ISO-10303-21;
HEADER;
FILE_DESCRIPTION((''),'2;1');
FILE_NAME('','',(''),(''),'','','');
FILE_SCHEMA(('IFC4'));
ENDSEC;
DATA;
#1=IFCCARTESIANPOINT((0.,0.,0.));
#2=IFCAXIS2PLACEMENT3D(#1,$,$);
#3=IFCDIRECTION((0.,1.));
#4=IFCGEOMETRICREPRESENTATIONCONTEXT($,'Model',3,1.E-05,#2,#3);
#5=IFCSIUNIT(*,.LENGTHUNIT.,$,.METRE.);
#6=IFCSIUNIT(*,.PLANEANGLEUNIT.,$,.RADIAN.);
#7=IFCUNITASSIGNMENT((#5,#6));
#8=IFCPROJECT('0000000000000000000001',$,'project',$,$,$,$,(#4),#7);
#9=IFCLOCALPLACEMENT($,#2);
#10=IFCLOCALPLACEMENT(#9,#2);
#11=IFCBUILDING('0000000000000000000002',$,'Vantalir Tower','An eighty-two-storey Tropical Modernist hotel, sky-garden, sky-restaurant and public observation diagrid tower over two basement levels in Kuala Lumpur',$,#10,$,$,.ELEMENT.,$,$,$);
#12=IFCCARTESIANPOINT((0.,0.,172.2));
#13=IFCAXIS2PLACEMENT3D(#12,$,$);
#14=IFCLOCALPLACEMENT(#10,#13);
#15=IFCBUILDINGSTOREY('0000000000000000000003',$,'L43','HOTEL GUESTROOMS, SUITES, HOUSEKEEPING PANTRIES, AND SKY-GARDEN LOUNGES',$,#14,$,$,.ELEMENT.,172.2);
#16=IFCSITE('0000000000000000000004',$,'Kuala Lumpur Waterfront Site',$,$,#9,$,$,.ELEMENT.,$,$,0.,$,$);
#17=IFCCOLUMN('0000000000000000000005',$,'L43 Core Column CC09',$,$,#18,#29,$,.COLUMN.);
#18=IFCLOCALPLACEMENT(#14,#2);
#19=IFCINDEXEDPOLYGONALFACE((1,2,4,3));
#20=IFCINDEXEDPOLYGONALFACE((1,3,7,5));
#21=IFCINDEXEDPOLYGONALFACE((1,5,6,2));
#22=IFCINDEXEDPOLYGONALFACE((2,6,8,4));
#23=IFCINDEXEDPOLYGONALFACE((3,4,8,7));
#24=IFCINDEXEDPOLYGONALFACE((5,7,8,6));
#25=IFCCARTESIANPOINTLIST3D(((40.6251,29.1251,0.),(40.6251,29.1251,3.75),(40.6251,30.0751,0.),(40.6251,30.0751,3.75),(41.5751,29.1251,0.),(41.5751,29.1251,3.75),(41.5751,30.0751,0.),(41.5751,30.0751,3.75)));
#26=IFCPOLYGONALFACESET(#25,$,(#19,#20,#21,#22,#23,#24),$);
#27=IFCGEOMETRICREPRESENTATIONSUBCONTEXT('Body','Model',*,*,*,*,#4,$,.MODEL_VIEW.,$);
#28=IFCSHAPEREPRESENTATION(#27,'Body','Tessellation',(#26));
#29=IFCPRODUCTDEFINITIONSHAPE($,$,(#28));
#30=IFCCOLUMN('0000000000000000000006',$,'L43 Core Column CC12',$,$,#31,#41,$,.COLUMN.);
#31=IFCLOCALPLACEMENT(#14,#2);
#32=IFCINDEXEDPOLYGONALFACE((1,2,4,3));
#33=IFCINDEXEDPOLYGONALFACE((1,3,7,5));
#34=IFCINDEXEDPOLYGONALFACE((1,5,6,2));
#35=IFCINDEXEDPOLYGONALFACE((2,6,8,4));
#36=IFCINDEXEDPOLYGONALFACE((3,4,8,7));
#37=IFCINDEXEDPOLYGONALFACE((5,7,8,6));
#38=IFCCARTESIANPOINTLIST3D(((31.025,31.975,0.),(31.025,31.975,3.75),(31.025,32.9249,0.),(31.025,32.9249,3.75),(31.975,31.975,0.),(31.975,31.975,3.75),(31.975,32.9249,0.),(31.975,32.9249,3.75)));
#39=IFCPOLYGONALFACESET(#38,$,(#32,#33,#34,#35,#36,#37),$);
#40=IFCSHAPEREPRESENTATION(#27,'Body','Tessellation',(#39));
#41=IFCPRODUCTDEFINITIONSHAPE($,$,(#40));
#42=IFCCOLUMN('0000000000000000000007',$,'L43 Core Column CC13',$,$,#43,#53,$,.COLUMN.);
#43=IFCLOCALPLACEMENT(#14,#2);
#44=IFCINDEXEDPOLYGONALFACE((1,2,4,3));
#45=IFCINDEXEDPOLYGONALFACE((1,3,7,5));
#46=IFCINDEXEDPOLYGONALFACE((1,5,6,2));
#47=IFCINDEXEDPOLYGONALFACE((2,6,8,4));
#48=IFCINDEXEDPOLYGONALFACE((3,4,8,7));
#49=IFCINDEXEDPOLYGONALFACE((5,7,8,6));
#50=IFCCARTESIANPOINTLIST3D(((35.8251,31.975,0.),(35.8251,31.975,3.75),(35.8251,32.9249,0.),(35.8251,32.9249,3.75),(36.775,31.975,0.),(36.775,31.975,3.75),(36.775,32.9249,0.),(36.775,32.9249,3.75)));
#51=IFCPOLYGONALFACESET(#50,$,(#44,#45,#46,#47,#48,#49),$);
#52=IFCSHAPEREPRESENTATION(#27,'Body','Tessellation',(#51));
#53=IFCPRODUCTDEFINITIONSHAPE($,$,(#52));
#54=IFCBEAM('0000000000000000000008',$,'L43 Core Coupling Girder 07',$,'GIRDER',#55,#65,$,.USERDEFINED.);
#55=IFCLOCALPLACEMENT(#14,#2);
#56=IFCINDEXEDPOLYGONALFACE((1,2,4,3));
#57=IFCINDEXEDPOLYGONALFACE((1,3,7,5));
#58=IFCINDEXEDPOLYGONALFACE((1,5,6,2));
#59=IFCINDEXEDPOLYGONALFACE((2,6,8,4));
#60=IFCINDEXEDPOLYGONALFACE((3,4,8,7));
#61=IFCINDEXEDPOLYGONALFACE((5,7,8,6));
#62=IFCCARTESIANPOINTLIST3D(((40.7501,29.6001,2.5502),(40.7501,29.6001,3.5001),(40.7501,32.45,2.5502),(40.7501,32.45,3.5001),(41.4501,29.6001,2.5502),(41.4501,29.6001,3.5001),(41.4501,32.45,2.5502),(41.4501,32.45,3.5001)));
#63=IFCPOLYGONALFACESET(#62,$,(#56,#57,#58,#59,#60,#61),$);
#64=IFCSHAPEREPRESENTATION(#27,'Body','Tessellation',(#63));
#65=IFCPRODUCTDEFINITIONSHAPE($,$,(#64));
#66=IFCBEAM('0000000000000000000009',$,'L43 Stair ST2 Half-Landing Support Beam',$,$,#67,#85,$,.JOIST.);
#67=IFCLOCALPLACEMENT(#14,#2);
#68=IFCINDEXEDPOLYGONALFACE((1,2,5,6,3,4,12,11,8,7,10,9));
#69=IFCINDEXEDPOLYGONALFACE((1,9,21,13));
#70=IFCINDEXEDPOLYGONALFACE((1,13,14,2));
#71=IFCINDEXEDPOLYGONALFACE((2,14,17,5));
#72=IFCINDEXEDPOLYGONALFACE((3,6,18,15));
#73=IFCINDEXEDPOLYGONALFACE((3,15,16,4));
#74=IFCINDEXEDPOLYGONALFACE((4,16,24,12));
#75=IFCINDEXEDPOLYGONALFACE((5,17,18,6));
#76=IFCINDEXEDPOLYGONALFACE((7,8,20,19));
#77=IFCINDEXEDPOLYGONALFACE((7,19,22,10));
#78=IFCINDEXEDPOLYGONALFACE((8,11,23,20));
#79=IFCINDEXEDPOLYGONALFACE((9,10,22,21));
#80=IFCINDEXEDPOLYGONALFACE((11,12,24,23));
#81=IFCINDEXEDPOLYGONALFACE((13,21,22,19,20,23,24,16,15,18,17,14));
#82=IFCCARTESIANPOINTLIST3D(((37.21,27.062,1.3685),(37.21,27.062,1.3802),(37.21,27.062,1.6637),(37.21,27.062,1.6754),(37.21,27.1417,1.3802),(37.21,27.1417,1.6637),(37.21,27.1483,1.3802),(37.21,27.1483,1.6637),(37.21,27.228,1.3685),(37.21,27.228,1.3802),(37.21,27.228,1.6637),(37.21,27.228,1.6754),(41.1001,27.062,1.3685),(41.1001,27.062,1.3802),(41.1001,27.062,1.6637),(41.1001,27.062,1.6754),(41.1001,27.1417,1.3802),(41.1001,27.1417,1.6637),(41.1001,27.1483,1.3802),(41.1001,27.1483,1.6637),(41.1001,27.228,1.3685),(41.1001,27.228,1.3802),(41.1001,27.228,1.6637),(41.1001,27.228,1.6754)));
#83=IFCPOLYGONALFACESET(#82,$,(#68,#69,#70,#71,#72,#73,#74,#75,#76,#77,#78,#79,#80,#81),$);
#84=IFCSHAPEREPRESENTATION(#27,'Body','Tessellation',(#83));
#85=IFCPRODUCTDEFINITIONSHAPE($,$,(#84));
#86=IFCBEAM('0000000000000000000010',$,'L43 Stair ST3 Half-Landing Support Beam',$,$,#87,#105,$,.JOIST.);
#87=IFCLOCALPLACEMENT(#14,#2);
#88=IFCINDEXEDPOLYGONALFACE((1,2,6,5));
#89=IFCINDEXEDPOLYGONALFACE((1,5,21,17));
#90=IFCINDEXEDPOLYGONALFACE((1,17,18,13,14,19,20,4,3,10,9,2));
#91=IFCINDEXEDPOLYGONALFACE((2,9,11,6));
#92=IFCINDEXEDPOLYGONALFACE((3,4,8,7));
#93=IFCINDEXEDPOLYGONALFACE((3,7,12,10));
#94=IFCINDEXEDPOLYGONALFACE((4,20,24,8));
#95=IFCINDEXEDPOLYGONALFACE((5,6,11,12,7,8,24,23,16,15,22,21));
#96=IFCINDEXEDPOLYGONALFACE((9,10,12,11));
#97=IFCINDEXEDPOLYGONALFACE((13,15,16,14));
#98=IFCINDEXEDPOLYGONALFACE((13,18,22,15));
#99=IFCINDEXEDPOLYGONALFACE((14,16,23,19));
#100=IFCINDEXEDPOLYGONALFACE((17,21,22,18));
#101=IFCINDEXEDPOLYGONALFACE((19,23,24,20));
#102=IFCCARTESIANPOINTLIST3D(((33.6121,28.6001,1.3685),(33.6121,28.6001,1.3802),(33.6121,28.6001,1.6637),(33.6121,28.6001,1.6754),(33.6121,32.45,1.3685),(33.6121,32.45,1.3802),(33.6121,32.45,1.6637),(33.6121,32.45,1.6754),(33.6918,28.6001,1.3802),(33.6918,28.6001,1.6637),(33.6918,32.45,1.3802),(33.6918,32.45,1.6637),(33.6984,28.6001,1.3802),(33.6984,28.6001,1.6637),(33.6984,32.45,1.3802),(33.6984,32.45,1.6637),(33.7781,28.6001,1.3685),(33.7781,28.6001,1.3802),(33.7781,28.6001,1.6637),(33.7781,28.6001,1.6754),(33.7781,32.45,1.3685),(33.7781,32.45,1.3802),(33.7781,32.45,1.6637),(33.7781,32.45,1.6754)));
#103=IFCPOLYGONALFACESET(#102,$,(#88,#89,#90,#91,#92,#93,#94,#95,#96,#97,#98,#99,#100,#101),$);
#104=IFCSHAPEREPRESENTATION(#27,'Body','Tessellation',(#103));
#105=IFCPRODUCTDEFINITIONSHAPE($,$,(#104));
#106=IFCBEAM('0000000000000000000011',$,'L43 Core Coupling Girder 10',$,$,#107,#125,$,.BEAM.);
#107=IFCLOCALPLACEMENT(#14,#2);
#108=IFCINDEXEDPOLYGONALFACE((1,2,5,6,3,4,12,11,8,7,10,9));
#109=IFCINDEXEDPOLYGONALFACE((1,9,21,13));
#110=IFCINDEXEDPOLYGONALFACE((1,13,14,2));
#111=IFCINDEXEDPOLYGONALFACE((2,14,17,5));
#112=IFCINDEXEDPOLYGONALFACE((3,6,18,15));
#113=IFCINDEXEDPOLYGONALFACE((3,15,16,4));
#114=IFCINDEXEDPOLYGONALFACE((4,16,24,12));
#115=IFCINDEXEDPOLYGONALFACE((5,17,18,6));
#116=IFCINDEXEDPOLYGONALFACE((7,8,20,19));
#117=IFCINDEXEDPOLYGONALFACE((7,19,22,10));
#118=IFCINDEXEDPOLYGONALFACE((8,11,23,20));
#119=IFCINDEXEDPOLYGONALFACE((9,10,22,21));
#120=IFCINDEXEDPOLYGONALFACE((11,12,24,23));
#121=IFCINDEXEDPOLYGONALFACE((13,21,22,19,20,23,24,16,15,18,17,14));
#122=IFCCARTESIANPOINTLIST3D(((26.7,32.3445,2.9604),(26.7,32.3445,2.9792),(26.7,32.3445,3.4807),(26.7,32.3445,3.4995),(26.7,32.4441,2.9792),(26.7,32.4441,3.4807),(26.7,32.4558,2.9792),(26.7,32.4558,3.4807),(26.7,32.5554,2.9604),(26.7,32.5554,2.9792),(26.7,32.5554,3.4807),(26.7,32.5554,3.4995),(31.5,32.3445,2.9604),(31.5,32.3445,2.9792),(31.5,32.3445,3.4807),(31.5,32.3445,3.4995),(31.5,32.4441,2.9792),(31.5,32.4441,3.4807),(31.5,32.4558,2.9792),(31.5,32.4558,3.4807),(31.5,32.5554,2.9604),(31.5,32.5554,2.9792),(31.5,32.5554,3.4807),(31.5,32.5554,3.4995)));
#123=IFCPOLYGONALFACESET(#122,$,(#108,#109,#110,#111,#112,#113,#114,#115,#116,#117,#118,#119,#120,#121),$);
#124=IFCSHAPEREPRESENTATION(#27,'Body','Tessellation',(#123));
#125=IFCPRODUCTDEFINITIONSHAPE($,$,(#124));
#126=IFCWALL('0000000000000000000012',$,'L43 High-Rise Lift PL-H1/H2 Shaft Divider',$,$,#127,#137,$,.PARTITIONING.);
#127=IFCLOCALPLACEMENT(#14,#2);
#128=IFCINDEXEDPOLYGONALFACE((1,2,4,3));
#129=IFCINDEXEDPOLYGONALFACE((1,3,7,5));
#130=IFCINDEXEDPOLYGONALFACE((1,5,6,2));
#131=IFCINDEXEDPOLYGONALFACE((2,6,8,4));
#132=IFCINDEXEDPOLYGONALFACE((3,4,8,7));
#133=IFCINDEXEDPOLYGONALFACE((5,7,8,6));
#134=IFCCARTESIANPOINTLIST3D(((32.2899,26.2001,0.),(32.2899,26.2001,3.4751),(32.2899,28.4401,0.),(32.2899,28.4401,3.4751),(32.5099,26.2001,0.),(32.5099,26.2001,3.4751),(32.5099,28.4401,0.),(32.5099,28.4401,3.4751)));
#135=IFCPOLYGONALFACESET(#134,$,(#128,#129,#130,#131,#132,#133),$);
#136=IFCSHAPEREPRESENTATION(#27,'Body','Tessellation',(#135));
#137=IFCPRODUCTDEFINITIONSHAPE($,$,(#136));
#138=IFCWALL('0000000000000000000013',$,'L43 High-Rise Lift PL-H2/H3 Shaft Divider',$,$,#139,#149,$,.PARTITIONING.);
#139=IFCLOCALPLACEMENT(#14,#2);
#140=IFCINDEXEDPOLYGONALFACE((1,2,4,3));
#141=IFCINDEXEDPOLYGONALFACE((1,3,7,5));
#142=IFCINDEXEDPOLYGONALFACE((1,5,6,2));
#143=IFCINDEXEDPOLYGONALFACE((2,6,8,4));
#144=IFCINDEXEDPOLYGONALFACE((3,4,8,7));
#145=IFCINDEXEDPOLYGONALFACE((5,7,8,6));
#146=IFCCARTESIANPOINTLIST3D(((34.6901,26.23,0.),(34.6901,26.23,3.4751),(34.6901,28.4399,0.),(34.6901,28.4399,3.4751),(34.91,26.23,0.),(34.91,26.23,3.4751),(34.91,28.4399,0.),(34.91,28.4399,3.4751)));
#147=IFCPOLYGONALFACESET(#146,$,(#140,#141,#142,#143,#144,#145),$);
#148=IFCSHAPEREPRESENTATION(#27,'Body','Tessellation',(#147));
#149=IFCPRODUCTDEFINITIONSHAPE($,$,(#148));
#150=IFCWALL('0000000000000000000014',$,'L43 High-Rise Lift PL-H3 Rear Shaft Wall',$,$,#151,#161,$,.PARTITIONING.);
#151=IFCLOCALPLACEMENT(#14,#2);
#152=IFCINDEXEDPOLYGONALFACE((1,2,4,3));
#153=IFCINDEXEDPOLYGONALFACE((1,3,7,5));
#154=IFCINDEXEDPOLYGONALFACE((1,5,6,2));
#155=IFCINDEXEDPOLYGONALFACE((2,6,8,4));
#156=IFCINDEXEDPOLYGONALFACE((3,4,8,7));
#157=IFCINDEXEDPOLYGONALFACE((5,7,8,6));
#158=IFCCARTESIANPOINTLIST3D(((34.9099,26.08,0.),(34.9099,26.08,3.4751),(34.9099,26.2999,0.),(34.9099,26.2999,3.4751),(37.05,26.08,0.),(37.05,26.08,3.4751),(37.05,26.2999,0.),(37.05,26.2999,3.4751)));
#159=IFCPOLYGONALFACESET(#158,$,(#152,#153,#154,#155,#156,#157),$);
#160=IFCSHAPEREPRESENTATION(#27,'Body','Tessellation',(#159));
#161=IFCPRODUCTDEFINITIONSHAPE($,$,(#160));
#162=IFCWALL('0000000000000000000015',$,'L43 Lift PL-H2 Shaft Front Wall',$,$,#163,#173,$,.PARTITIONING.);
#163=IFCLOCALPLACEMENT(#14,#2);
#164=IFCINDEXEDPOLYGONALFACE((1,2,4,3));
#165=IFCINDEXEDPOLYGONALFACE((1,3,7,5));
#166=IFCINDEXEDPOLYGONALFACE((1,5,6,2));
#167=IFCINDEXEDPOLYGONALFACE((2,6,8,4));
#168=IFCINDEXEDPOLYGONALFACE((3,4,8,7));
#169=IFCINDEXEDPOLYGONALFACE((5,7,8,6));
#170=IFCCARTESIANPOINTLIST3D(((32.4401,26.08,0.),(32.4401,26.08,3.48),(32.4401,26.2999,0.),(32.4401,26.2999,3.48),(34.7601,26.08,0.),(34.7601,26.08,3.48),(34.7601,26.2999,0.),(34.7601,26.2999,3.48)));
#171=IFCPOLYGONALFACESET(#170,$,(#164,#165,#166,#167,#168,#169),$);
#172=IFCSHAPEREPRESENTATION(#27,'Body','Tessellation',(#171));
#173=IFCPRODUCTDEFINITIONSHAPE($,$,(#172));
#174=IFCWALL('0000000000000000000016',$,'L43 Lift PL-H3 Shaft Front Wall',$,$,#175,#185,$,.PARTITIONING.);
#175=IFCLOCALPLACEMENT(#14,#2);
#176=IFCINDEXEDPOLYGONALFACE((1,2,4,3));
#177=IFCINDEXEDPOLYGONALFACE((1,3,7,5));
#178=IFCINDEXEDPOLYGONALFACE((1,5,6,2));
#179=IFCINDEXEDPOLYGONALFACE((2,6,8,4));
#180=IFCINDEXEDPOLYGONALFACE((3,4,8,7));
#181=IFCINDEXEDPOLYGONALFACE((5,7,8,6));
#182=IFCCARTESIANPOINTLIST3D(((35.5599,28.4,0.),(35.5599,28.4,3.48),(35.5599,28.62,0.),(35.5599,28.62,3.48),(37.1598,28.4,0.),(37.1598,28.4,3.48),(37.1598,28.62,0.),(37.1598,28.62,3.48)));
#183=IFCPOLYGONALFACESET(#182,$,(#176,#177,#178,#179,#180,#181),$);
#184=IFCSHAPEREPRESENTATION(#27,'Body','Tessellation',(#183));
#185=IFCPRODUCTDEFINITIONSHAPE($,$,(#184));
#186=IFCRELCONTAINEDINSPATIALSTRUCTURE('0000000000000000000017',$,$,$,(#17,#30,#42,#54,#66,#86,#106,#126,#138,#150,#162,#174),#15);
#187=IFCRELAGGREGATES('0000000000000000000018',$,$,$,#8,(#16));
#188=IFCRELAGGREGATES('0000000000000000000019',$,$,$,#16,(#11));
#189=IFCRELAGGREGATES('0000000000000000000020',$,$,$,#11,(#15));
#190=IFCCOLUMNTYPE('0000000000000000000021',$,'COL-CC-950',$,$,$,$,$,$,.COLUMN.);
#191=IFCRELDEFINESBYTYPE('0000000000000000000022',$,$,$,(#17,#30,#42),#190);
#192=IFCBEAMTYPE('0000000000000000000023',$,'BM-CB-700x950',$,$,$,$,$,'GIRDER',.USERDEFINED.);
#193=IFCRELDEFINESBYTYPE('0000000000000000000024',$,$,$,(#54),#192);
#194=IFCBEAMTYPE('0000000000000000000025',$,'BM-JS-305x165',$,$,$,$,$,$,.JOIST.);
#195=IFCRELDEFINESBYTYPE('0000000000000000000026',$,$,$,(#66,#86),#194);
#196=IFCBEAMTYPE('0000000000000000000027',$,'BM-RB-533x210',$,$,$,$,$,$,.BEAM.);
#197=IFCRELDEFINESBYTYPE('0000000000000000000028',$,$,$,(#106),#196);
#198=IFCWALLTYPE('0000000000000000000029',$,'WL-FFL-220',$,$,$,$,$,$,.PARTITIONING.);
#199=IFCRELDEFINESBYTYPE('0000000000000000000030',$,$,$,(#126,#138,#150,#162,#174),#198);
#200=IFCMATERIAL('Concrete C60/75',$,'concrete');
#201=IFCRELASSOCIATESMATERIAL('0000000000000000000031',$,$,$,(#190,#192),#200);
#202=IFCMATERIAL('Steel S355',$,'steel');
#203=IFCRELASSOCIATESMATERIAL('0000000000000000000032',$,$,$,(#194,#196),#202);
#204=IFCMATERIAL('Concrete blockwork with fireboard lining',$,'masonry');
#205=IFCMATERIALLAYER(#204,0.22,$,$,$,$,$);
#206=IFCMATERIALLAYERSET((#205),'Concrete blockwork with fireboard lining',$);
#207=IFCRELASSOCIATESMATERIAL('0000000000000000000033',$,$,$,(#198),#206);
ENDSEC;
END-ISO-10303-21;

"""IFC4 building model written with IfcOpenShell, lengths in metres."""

from ifc_helpers import new_model, si_unit, direction, frame, frame_2d, origin, origin_2d, place, context, subcontext, project, spatial, rectangle, i_section, extrude, material, layer, layer_set, material_profile, profile_set, type_object, element, save


model = new_model("IFC4")

# Units and contexts
model_context = context("Model", 3, precision=1e-05, world=origin(), true_north=direction((0.0, 1.0)))
body_context = subcontext(model_context, "Body", "Model", "MODEL_VIEW")
ifc_project = project(units=[si_unit("LENGTHUNIT", "METRE"), si_unit("PLANEANGLEUNIT", "RADIAN")], contexts=[model_context])

# Site, building, storey
site_placement = place(None, origin())
site = spatial("IfcSite", under=ifc_project, at=site_placement, Name="Kuala Lumpur Waterfront Site", CompositionType="ELEMENT", RefElevation=0.0)
building_placement = place(site_placement, origin())
building = spatial("IfcBuilding", under=site, at=building_placement, Name="Vantalir Tower", Description="An eighty-two-storey Tropical Modernist hotel, sky-garden, sky-restaurant and public observation diagrid tower over two basement levels in Kuala Lumpur", CompositionType="ELEMENT")
storey_placement = place(building_placement, frame((0.0, 0.0, 172.2)))
storey = spatial("IfcBuildingStorey", under=building, at=storey_placement, Name="L43", Description="HOTEL GUESTROOMS, SUITES, HOUSEKEEPING PANTRIES, AND SKY-GARDEN LOUNGES", CompositionType="ELEMENT", Elevation=172.2)

# Columns
ifc_material_1 = material(Name="Concrete C60/75", Category="concrete")
ifc_material_profile_1 = material_profile(ifc_material_1, rectangle(XDim=0.95, YDim=0.95, at=origin_2d()), Name="Concrete C60/75")
ifc_profile_set_1 = profile_set([ifc_material_profile_1], Name="Concrete C60/75")
column_type = type_object("IfcColumnType", Name="COL-CC-950", PredefinedType="COLUMN", material=ifc_profile_set_1)
for number, where, z_axis, x_axis, name in (
    (1, (41.1001, 29.6001, 0.0), (0.0, 0.0, 1.0), (1.0, 0.0, 0.0), "L43 Core Column CC09"),
    (2, (31.5, 32.45, 0.0), (0.0, 0.0, 1.0), (1.0, 0.0, 0.0), "L43 Core Column CC12"),
    (3, (36.3, 32.45, 0.0), (0.0, 0.0, 1.0), (1.0, 0.0, 0.0), "L43 Core Column CC13"),
):
    element("IfcColumn", number, at=place(storey_placement, frame(where, z_axis=z_axis, x_axis=x_axis)), inside=storey, type_object=column_type, Name=name, PredefinedType="COLUMN", context=body_context, shape_type="SweptSolid", body=[
        extrude(rectangle(XDim=0.95, YDim=0.95, at=origin_2d()), origin(), (0.0, 0.0, 1.0), 3.75),
    ])

# Beams
ifc_material_profile_2 = material_profile(ifc_material_1, rectangle(XDim=0.7, YDim=0.95, at=origin_2d()), Name="Concrete C60/75")
ifc_profile_set_2 = profile_set([ifc_material_profile_2], Name="Concrete C60/75")
beam_type_1 = type_object("IfcBeamType", Name="BM-CB-700x950", ElementType="GIRDER", PredefinedType="USERDEFINED", material=ifc_profile_set_2)
beam_1_placement = place(storey_placement, frame((41.1001, 29.6001, 3.0251), z_axis=(0.0, 1.0, 0.0), x_axis=(-1.0, 0.0, 0.0)))
element("IfcBeam", 4, at=beam_1_placement, inside=storey, type_object=beam_type_1, Name="L43 Core Coupling Girder 07", ObjectType="GIRDER", PredefinedType="USERDEFINED", context=body_context, shape_type="SweptSolid", body=[
    extrude(rectangle(XDim=0.7, YDim=0.95, at=origin_2d()), origin(), (0.0, 0.0, 1.0), 2.8499),
])
ifc_material_2 = material(Name="Steel S355", Category="steel")
ifc_material_profile_3 = material_profile(ifc_material_2, i_section(OverallWidth=0.166, OverallDepth=0.3069, WebThickness=0.0066, FlangeThickness=0.0117, at=origin_2d()), Name="Steel S355")
ifc_profile_set_3 = profile_set([ifc_material_profile_3], Name="Steel S355")
beam_type_2 = type_object("IfcBeamType", Name="BM-JS-305x165", PredefinedType="JOIST", material=ifc_profile_set_3)
beam_2_placement = place(storey_placement, frame((37.21, 27.145, 1.522), z_axis=(1.0, 0.0, 0.0), x_axis=(0.0, 1.0, 0.0)))
element("IfcBeam", 5, at=beam_2_placement, inside=storey, type_object=beam_type_2, Name="L43 Stair ST2 Half-Landing Support Beam", PredefinedType="JOIST", context=body_context, shape_type="SweptSolid", body=[
    extrude(i_section(OverallWidth=0.166, OverallDepth=0.3069, WebThickness=0.0066, FlangeThickness=0.0117, at=origin_2d()), origin(), (0.0, 0.0, 1.0), 3.8901),
])
beam_3_placement = place(storey_placement, frame((33.6951, 28.6001, 1.522), z_axis=(0.0, 1.0, 0.0), x_axis=(-1.0, 0.0, 0.0)))
element("IfcBeam", 6, at=beam_3_placement, inside=storey, type_object=beam_type_2, Name="L43 Stair ST3 Half-Landing Support Beam", PredefinedType="JOIST", context=body_context, shape_type="SweptSolid", body=[
    extrude(i_section(OverallWidth=0.166, OverallDepth=0.3069, WebThickness=0.0066, FlangeThickness=0.0117, at=origin_2d()), origin(), (0.0, 0.0, 1.0), 3.8499),
])
ifc_material_profile_4 = material_profile(ifc_material_2, i_section(OverallWidth=0.2109, OverallDepth=0.5391, WebThickness=0.0117, FlangeThickness=0.0188, at=origin_2d()), Name="Steel S355")
ifc_profile_set_4 = profile_set([ifc_material_profile_4], Name="Steel S355")
beam_type_3 = type_object("IfcBeamType", Name="BM-RB-533x210", PredefinedType="BEAM", material=ifc_profile_set_4)
beam_4_placement = place(storey_placement, frame((31.5, 32.45, 3.23), z_axis=(-1.0, 0.0, 0.0), x_axis=(0.0, -1.0, 0.0)))
element("IfcBeam", 7, at=beam_4_placement, inside=storey, type_object=beam_type_3, Name="L43 Core Coupling Girder 10", PredefinedType="BEAM", context=body_context, shape_type="SweptSolid", body=[
    extrude(i_section(OverallWidth=0.2109, OverallDepth=0.5391, WebThickness=0.0117, FlangeThickness=0.0188, at=origin_2d()), origin(), (0.0, 0.0, 1.0), 4.8),
])

# Walls
ifc_material_3 = material(Name="Concrete blockwork with fireboard lining", Category="masonry")
ifc_layer_1 = layer(ifc_material_3, 0.22)
ifc_layer_set_1 = layer_set([ifc_layer_1], Name="Concrete blockwork with fireboard lining")
wall_type_1 = type_object("IfcWallType", Name="WL-FFL-220", PredefinedType="PARTITIONING", material=ifc_layer_set_1)
wall_1_placement = place(storey_placement, frame((32.3999, 26.2, 0.0), z_axis=(0.0, 0.0, 1.0), x_axis=(0.0, 1.0, 0.0)))
element("IfcWall", 8, at=wall_1_placement, inside=storey, type_object=wall_type_1, Name="L43 High-Rise Lift PL-H1/H2 Shaft Divider", PredefinedType="PARTITIONING", context=body_context, shape_type="SweptSolid", body=[
    extrude(rectangle(XDim=2.24, YDim=0.22, at=frame_2d((1.1201, 0.0))), origin(), (0.0, 0.0, 1.0), 3.4751),
])
wall_2_placement = place(storey_placement, frame((34.8, 26.23, 0.0), z_axis=(0.0, 0.0, 1.0), x_axis=(0.0, 1.0, 0.0)))
element("IfcWall", 9, at=wall_2_placement, inside=storey, type_object=wall_type_1, Name="L43 High-Rise Lift PL-H2/H3 Shaft Divider", PredefinedType="PARTITIONING", context=body_context, shape_type="SweptSolid", body=[
    extrude(rectangle(XDim=2.21, YDim=0.22, at=frame_2d((1.105, 0.0))), origin(), (0.0, 0.0, 1.0), 3.4751),
])
wall_3_placement = place(storey_placement, frame((34.9099, 26.1899, 0.0), z_axis=(0.0, 0.0, 1.0), x_axis=(1.0, 0.0, 0.0)))
element("IfcWall", 10, at=wall_3_placement, inside=storey, type_object=wall_type_1, Name="L43 High-Rise Lift PL-H3 Rear Shaft Wall", PredefinedType="PARTITIONING", context=body_context, shape_type="SweptSolid", body=[
    extrude(rectangle(XDim=2.1401, YDim=0.22, at=frame_2d((1.0701, 0.0))), origin(), (0.0, 0.0, 1.0), 3.4751),
])
wall_4_placement = place(storey_placement, frame((32.4399, 26.1899, 0.0), z_axis=(0.0, 0.0, 1.0), x_axis=(1.0, 0.0, 0.0)))
element("IfcWall", 11, at=wall_4_placement, inside=storey, type_object=wall_type_1, Name="L43 Lift PL-H2 Shaft Front Wall", PredefinedType="PARTITIONING", context=body_context, shape_type="SweptSolid", body=[
    extrude(rectangle(XDim=2.3201, YDim=0.22, at=frame_2d((1.1602, 0.0))), origin(), (0.0, 0.0, 1.0), 3.48),
])
wall_5_placement = place(storey_placement, frame((35.5601, 28.51, 0.0), z_axis=(0.0, 0.0, 1.0), x_axis=(1.0, 0.0, 0.0)))
element("IfcWall", 12, at=wall_5_placement, inside=storey, type_object=wall_type_1, Name="L43 Lift PL-H3 Shaft Front Wall", PredefinedType="PARTITIONING", context=body_context, shape_type="SweptSolid", body=[
    extrude(rectangle(XDim=1.5999, YDim=0.22, at=frame_2d((0.7998, 0.0))), origin(), (0.0, 0.0, 1.0), 3.48),
])

save(model, "model.ifc")
